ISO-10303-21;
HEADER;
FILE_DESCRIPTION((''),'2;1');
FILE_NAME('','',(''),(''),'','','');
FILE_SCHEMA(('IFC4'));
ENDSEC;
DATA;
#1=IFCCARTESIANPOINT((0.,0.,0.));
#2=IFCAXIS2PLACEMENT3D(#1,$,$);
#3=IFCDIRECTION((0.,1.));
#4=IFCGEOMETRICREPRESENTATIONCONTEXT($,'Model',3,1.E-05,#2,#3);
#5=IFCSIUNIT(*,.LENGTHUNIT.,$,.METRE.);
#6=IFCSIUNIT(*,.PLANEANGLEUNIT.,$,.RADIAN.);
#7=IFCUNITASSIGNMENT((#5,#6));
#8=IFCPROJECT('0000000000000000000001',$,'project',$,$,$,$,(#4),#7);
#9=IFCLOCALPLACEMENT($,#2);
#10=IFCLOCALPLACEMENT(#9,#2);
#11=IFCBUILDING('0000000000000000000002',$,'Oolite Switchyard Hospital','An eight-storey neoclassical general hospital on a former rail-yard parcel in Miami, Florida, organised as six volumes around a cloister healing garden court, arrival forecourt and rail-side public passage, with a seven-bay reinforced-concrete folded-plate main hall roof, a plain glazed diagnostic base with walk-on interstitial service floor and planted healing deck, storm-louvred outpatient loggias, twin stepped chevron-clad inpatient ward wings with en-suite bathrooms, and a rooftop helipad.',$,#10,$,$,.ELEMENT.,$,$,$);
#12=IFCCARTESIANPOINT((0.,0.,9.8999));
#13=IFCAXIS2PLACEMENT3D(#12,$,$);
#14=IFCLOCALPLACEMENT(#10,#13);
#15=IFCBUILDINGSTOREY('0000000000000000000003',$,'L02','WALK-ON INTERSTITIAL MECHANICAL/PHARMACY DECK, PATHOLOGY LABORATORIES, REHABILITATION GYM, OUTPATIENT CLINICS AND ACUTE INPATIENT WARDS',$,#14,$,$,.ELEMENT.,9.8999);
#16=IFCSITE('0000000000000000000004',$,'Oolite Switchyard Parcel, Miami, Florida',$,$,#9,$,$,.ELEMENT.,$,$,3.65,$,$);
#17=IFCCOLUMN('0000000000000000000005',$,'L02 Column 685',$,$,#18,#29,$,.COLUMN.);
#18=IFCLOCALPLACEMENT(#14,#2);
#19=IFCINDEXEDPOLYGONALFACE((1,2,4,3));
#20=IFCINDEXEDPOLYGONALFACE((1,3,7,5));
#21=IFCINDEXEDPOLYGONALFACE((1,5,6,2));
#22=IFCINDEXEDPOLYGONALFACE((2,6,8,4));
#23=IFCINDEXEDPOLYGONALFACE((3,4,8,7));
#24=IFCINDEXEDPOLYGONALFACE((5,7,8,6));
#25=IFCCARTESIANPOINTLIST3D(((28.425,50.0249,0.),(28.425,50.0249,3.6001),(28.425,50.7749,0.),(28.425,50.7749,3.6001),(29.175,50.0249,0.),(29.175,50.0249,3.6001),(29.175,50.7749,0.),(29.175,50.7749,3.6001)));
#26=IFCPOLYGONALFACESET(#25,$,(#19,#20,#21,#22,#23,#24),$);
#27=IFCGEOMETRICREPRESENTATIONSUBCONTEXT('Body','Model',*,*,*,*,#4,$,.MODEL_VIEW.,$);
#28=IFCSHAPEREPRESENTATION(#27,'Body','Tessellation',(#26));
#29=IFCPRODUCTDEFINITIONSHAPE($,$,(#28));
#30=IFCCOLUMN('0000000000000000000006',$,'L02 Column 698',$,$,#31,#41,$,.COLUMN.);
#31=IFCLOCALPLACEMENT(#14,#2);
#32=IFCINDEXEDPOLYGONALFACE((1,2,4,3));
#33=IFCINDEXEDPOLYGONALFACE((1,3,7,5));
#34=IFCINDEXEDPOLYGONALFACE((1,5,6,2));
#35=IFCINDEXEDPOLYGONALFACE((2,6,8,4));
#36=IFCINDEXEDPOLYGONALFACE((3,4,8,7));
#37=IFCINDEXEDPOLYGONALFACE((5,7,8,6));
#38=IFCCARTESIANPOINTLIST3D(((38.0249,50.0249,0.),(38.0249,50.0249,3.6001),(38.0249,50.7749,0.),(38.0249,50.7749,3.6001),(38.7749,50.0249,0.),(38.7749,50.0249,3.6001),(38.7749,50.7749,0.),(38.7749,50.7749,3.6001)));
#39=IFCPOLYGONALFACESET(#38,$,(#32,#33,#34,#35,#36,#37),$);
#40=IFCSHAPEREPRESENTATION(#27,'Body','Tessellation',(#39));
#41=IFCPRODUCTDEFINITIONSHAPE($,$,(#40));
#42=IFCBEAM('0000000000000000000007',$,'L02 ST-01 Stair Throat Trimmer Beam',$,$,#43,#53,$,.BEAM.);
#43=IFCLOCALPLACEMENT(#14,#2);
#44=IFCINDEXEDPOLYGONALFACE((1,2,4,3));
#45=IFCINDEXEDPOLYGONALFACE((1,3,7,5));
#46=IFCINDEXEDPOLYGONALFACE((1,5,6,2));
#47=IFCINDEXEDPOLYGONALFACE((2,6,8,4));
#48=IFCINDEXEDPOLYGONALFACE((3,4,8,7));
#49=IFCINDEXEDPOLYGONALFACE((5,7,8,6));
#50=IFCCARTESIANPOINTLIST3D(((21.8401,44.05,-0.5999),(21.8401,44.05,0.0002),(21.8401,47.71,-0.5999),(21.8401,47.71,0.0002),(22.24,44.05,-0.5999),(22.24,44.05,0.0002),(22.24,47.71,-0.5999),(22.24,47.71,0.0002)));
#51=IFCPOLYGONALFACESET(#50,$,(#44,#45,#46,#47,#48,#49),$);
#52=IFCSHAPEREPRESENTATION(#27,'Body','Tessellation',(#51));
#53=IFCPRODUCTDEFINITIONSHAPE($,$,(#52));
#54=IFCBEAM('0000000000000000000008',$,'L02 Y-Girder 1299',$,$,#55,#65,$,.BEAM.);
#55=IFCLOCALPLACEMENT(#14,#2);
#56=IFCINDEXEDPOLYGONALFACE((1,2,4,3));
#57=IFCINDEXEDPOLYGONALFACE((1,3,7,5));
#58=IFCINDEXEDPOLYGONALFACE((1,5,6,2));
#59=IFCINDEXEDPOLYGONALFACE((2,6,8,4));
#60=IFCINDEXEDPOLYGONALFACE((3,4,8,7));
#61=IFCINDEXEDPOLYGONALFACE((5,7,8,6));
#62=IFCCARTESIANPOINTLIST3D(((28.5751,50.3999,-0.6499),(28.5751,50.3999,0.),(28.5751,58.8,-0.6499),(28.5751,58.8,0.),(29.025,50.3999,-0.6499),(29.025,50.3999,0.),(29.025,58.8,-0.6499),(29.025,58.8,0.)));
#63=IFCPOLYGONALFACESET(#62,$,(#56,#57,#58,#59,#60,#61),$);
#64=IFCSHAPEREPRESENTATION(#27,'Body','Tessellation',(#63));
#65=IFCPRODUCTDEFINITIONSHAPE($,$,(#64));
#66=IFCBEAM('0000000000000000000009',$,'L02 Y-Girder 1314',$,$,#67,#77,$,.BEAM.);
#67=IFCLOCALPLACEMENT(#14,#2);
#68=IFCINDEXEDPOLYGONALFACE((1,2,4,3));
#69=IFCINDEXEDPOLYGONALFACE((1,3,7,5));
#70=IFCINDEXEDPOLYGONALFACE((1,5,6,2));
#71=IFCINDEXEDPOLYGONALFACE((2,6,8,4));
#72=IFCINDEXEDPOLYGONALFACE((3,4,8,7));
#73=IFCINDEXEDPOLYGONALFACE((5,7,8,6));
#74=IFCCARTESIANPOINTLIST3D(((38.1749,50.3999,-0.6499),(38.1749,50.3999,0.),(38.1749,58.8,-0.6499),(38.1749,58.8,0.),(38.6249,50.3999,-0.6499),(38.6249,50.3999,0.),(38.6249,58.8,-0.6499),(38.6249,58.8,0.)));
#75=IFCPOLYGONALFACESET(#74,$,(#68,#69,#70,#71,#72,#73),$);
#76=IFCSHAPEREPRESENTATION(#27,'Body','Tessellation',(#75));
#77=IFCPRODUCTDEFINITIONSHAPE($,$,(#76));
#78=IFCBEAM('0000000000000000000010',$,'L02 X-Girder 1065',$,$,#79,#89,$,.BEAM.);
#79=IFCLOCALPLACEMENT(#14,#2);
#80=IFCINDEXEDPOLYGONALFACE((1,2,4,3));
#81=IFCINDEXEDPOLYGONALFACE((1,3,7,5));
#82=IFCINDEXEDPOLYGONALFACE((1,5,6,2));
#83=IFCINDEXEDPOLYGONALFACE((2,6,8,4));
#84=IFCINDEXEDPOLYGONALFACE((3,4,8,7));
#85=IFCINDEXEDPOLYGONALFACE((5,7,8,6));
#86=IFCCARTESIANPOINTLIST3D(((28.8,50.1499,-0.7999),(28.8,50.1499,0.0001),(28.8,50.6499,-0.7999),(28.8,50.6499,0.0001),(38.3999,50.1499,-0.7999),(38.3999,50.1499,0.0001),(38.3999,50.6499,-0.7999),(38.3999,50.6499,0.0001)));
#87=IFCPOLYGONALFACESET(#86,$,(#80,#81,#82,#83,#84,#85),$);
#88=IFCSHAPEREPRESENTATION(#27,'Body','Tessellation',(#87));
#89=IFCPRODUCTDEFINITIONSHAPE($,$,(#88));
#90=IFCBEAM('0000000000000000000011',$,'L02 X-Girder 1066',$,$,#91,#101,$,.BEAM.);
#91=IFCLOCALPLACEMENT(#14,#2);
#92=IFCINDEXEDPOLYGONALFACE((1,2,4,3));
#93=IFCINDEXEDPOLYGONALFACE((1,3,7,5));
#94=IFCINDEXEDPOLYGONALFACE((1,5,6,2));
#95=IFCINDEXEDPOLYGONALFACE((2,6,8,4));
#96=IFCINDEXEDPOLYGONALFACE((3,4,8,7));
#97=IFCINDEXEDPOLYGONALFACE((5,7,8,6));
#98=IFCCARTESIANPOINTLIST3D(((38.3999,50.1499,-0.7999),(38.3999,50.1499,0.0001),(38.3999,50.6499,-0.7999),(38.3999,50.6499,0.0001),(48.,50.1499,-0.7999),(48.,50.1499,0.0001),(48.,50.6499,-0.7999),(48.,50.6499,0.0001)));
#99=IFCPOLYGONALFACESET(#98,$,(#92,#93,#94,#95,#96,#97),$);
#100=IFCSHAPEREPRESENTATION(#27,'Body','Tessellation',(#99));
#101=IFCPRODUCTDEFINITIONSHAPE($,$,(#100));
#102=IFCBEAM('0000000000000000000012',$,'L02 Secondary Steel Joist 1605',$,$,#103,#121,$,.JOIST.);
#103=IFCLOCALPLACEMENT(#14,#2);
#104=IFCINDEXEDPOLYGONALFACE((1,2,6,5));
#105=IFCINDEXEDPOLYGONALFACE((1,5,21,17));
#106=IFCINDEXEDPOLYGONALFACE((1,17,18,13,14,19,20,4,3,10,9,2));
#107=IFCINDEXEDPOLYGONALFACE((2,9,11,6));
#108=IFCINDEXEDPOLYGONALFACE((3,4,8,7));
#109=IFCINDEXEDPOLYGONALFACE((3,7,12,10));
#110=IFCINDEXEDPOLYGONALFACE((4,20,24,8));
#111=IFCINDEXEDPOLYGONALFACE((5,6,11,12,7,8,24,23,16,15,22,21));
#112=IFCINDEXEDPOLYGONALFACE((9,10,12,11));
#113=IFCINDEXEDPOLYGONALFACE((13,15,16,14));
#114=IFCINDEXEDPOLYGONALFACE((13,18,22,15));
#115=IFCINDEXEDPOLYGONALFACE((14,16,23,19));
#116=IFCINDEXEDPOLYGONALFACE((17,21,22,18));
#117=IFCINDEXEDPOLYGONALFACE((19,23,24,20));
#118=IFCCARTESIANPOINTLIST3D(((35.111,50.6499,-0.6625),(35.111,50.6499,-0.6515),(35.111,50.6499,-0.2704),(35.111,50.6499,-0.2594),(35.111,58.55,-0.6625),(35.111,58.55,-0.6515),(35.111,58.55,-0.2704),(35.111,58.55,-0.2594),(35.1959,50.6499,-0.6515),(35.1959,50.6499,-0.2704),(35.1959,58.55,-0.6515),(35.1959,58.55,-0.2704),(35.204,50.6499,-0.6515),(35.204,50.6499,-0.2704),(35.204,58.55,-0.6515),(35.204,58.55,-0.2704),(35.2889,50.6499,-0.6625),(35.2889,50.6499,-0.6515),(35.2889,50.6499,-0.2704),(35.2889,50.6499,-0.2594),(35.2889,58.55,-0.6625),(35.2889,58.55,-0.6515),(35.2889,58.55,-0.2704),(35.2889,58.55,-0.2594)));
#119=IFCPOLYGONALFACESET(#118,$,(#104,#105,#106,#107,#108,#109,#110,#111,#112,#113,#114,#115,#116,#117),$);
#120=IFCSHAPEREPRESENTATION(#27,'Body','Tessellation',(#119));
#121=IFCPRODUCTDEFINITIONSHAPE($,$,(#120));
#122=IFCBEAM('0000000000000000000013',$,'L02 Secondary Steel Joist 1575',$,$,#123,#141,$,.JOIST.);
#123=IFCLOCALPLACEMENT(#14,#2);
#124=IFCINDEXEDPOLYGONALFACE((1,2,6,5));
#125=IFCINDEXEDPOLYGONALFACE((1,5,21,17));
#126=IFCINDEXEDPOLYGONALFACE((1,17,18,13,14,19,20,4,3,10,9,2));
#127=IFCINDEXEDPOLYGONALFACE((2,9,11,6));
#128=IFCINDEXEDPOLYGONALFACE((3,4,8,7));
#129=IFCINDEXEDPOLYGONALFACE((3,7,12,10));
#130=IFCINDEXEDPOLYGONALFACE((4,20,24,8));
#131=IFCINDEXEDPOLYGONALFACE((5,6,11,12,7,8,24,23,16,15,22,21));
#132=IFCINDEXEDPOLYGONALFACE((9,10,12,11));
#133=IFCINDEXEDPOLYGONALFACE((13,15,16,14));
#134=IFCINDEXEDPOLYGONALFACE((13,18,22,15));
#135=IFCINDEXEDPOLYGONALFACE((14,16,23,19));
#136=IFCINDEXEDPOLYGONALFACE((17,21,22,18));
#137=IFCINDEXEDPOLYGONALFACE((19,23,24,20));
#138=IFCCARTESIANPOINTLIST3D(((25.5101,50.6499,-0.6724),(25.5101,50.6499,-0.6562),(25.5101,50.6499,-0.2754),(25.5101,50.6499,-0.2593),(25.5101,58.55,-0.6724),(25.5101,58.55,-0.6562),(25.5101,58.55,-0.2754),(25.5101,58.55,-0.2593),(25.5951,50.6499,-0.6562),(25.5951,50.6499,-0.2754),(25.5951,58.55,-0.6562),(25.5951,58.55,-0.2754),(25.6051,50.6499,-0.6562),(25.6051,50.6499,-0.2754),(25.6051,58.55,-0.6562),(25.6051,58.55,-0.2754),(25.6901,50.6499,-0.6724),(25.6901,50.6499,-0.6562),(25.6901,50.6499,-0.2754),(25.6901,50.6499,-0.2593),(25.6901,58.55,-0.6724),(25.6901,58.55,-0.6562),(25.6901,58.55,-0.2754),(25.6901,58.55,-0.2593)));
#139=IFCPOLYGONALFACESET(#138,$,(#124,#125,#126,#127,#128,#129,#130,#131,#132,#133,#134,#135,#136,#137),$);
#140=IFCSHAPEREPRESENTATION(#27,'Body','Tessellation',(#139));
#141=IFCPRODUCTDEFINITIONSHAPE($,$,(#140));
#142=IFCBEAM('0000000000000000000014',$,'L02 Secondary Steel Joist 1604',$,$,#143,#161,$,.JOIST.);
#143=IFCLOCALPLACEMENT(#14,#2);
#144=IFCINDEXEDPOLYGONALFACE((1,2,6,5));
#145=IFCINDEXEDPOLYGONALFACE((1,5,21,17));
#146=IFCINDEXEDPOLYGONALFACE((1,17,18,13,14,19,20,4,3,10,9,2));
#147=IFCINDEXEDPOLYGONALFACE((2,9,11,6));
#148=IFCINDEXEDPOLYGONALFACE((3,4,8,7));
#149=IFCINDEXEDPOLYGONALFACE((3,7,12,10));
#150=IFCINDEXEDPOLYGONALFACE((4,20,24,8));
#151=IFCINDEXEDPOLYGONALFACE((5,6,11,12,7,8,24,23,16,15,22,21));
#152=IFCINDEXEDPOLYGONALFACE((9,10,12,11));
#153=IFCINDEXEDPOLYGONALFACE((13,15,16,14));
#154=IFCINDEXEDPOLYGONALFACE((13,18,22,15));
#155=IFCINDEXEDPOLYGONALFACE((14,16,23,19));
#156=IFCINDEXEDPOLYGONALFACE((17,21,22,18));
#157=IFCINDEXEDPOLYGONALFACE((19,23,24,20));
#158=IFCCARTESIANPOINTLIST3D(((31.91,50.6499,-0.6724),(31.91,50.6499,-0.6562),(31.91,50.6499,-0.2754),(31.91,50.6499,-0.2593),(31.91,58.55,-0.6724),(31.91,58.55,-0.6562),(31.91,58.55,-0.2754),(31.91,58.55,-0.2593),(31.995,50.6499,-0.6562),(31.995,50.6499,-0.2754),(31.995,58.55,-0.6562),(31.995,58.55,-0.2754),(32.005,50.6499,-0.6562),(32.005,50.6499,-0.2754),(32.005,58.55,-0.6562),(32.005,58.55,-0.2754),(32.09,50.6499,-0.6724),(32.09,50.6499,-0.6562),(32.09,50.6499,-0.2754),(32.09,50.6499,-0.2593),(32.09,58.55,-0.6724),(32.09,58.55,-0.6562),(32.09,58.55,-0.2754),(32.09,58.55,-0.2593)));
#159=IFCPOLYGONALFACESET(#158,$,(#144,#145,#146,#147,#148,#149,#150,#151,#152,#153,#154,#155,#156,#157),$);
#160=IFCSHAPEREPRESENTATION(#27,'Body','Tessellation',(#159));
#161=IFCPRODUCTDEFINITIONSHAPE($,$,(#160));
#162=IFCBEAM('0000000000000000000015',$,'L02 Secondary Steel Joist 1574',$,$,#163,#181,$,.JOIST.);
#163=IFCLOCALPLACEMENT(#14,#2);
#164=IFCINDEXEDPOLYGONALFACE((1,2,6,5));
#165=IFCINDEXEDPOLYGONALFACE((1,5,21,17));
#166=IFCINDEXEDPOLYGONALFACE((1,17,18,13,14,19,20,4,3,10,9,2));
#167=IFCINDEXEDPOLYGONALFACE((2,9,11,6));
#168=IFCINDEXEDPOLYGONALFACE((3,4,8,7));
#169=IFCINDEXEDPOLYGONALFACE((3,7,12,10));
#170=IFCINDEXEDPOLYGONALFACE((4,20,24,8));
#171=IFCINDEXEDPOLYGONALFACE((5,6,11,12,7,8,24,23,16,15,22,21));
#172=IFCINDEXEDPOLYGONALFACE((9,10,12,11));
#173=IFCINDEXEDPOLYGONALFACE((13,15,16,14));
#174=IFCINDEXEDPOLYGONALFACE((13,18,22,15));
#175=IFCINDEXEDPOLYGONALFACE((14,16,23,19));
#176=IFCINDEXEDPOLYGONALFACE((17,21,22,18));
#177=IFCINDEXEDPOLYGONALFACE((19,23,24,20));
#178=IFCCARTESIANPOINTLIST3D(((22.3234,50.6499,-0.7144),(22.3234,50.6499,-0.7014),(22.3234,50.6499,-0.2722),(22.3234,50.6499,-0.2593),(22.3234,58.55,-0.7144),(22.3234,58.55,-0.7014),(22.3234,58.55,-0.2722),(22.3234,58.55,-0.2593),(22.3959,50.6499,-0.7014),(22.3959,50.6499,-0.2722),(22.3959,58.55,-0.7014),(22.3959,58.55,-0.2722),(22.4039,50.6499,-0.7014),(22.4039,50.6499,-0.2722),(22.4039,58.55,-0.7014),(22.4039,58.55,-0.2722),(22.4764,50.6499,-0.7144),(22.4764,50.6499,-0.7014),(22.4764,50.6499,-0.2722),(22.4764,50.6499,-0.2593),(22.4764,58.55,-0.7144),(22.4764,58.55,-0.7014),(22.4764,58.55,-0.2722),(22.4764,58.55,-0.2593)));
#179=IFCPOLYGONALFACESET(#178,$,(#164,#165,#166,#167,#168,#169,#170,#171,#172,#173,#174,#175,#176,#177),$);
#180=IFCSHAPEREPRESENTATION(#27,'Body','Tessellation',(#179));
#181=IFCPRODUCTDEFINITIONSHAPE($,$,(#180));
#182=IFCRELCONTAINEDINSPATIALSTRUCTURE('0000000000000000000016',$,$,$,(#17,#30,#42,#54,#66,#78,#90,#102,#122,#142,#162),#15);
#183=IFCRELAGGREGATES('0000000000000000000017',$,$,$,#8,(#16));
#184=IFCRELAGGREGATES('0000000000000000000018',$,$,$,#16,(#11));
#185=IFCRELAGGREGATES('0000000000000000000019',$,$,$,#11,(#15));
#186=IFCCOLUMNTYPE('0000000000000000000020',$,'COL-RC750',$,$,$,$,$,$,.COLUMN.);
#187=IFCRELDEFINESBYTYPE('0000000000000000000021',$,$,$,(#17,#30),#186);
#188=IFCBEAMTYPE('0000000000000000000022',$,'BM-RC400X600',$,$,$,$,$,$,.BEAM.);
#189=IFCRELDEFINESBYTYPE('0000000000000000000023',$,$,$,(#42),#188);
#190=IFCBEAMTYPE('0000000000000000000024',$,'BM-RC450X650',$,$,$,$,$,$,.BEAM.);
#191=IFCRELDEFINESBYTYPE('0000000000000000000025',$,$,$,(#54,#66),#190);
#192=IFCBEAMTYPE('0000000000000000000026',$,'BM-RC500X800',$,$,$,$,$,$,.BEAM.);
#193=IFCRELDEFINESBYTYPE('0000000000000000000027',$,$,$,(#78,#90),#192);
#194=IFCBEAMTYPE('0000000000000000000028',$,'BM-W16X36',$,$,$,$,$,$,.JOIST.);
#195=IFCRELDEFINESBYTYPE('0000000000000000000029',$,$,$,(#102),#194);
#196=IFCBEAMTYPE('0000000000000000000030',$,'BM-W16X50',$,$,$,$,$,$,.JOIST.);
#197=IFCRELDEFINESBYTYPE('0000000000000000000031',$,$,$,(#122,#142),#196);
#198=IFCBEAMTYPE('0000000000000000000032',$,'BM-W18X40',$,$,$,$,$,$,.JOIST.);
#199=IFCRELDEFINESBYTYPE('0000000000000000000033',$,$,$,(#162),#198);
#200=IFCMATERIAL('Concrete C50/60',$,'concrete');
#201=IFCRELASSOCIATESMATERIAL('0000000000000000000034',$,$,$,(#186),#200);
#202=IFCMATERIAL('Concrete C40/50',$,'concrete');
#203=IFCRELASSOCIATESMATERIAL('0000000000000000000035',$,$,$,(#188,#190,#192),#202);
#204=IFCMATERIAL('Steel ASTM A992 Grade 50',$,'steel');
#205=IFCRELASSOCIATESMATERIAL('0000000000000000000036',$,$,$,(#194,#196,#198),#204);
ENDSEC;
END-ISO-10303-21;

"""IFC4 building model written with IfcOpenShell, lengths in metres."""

from ifc_helpers import new_model, si_unit, direction, frame, origin, origin_2d, place, context, subcontext, project, spatial, rectangle, i_section, extrude, material, material_profile, profile_set, type_object, element, save


model = new_model("IFC4")

# Units and contexts
model_context = context("Model", 3, precision=1e-05, world=origin(), true_north=direction((0.0, 1.0)))
body_context = subcontext(model_context, "Body", "Model", "MODEL_VIEW")
ifc_project = project(units=[si_unit("LENGTHUNIT", "METRE"), si_unit("PLANEANGLEUNIT", "RADIAN")], contexts=[model_context])

# Site, building, storey
site_placement = place(None, origin())
site = spatial("IfcSite", under=ifc_project, at=site_placement, Name="Oolite Switchyard Parcel, Miami, Florida", CompositionType="ELEMENT", RefElevation=3.65)
building_placement = place(site_placement, origin())
building = spatial("IfcBuilding", under=site, at=building_placement, Name="Oolite Switchyard Hospital", Description="An eight-storey neoclassical general hospital on a former rail-yard parcel in Miami, Florida, organised as six volumes around a cloister healing garden court, arrival forecourt and rail-side public passage, with a seven-bay reinforced-concrete folded-plate main hall roof, a plain glazed diagnostic base with walk-on interstitial service floor and planted healing deck, storm-louvred outpatient loggias, twin stepped chevron-clad inpatient ward wings with en-suite bathrooms, and a rooftop helipad.", CompositionType="ELEMENT")
storey_placement = place(building_placement, frame((0.0, 0.0, 9.8999)))
storey = spatial("IfcBuildingStorey", under=building, at=storey_placement, Name="L02", Description="WALK-ON INTERSTITIAL MECHANICAL/PHARMACY DECK, PATHOLOGY LABORATORIES, REHABILITATION GYM, OUTPATIENT CLINICS AND ACUTE INPATIENT WARDS", CompositionType="ELEMENT", Elevation=9.8999)

# Columns
ifc_material_1 = material(Name="Concrete C50/60", Category="concrete")
ifc_material_profile_1 = material_profile(ifc_material_1, rectangle(XDim=0.75, YDim=0.75, at=origin_2d()), Name="RC750X750")
ifc_profile_set_1 = profile_set([ifc_material_profile_1], Name="Concrete C50/60")
column_type = type_object("IfcColumnType", Name="COL-RC750", PredefinedType="COLUMN", material=ifc_profile_set_1)
for number, where, z_axis, x_axis, name in (
    (1, (28.8, 50.3999, 0.0), (0.0, 0.0, 1.0), (1.0, 0.0, 0.0), "L02 Column 685"),
    (2, (38.3999, 50.3999, 0.0), (0.0, 0.0, 1.0), (1.0, 0.0, 0.0), "L02 Column 698"),
):
    element("IfcColumn", number, at=place(storey_placement, frame(where, z_axis=z_axis, x_axis=x_axis)), inside=storey, type_object=column_type, Name=name, PredefinedType="COLUMN", context=body_context, shape_type="SweptSolid", body=[
        extrude(rectangle(XDim=0.75, YDim=0.75, at=origin_2d()), origin(), (0.0, 0.0, 1.0), 3.6001),
    ])

# Beams
ifc_material_2 = material(Name="Concrete C40/50", Category="concrete")
ifc_material_profile_2 = material_profile(ifc_material_2, rectangle(XDim=0.3999, YDim=0.6001, at=origin_2d()), Name="RCB400X600")
ifc_profile_set_2 = profile_set([ifc_material_profile_2], Name="Concrete C40/50")
beam_type_1 = type_object("IfcBeamType", Name="BM-RC400X600", PredefinedType="BEAM", material=ifc_profile_set_2)
beam_1_placement = place(storey_placement, frame((22.04, 44.05, -0.2998), z_axis=(0.0, 1.0, 0.0), x_axis=(-1.0, 0.0, 0.0)))
element("IfcBeam", 3, at=beam_1_placement, inside=storey, type_object=beam_type_1, Name="L02 ST-01 Stair Throat Trimmer Beam", PredefinedType="BEAM", context=body_context, shape_type="SweptSolid", body=[
    extrude(rectangle(XDim=0.3999, YDim=0.6001, at=origin_2d()), origin(), (0.0, 0.0, 1.0), 3.6599),
])
ifc_material_profile_3 = material_profile(ifc_material_2, rectangle(XDim=0.45, YDim=0.6499, at=origin_2d()), Name="RCB450X650")
ifc_profile_set_3 = profile_set([ifc_material_profile_3], Name="Concrete C40/50")
beam_type_2 = type_object("IfcBeamType", Name="BM-RC450X650", PredefinedType="BEAM", material=ifc_profile_set_3)
for number, where, z_axis, x_axis, name in (
    (4, (28.8, 50.3999, -0.325), (0.0, 1.0, 0.0), (-1.0, 0.0, 0.0), "L02 Y-Girder 1299"),
    (5, (38.3999, 50.3999, -0.325), (0.0, 1.0, 0.0), (-1.0, 0.0, 0.0), "L02 Y-Girder 1314"),
):
    element("IfcBeam", number, at=place(storey_placement, frame(where, z_axis=z_axis, x_axis=x_axis)), inside=storey, type_object=beam_type_2, Name=name, PredefinedType="BEAM", context=body_context, shape_type="SweptSolid", body=[
        extrude(rectangle(XDim=0.45, YDim=0.6499, at=origin_2d()), origin(), (0.0, 0.0, 1.0), 8.4001),
    ])
ifc_material_profile_4 = material_profile(ifc_material_2, rectangle(XDim=0.5, YDim=0.8, at=origin_2d()), Name="RCB500X800")
ifc_profile_set_4 = profile_set([ifc_material_profile_4], Name="Concrete C40/50")
beam_type_3 = type_object("IfcBeamType", Name="BM-RC500X800", PredefinedType="BEAM", material=ifc_profile_set_4)
beam_2_placement = place(storey_placement, frame((28.8, 50.3999, -0.3999), z_axis=(1.0, 0.0, 0.0), x_axis=(0.0, 1.0, 0.0)))
element("IfcBeam", 6, at=beam_2_placement, inside=storey, type_object=beam_type_3, Name="L02 X-Girder 1065", PredefinedType="BEAM", context=body_context, shape_type="SweptSolid", body=[
    extrude(rectangle(XDim=0.5, YDim=0.8, at=origin_2d()), origin(), (0.0, 0.0, 1.0), 9.5999),
])
beam_3_placement = place(storey_placement, frame((38.3999, 50.3999, -0.3999), z_axis=(1.0, 0.0, 0.0), x_axis=(0.0, 1.0, 0.0)))
element("IfcBeam", 7, at=beam_3_placement, inside=storey, type_object=beam_type_3, Name="L02 X-Girder 1066", PredefinedType="BEAM", context=body_context, shape_type="SweptSolid", body=[
    extrude(rectangle(XDim=0.5, YDim=0.8, at=origin_2d()), origin(), (0.0, 0.0, 1.0), 9.6001),
])
ifc_material_3 = material(Name="Steel ASTM A992 Grade 50", Category="steel")
ifc_material_profile_5 = material_profile(ifc_material_3, i_section(OverallWidth=0.178, OverallDepth=0.4031, WebThickness=0.0081, FlangeThickness=0.011, at=origin_2d()), Name="W16X36")
ifc_profile_set_5 = profile_set([ifc_material_profile_5], Name="Steel ASTM A992 Grade 50")
beam_type_4 = type_object("IfcBeamType", Name="BM-W16X36", PredefinedType="JOIST", material=ifc_profile_set_5)
beam_4_placement = place(storey_placement, frame((35.2, 50.6499, -0.4609), z_axis=(0.0, 1.0, 0.0), x_axis=(-1.0, 0.0, 0.0)))
element("IfcBeam", 8, at=beam_4_placement, inside=storey, type_object=beam_type_4, Name="L02 Secondary Steel Joist 1605", PredefinedType="JOIST", context=body_context, shape_type="SweptSolid", body=[
    extrude(i_section(OverallWidth=0.178, OverallDepth=0.4031, WebThickness=0.0081, FlangeThickness=0.011, at=origin_2d()), origin(), (0.0, 0.0, 1.0), 7.9001),
])
ifc_material_profile_6 = material_profile(ifc_material_3, i_section(OverallWidth=0.1799, OverallDepth=0.4131, WebThickness=0.01, FlangeThickness=0.0161, at=origin_2d()), Name="W16X50")
ifc_profile_set_6 = profile_set([ifc_material_profile_6], Name="Steel ASTM A992 Grade 50")
beam_type_5 = type_object("IfcBeamType", Name="BM-W16X50", PredefinedType="JOIST", material=ifc_profile_set_6)
for number, where, z_axis, x_axis, name in (
    (9, (25.6001, 50.6499, -0.4658), (0.0, 1.0, 0.0), (-1.0, 0.0, 0.0), "L02 Secondary Steel Joist 1575"),
    (10, (32.0, 50.6499, -0.4658), (0.0, 1.0, 0.0), (-1.0, 0.0, 0.0), "L02 Secondary Steel Joist 1604"),
):
    element("IfcBeam", number, at=place(storey_placement, frame(where, z_axis=z_axis, x_axis=x_axis)), inside=storey, type_object=beam_type_5, Name=name, PredefinedType="JOIST", context=body_context, shape_type="SweptSolid", body=[
        extrude(i_section(OverallWidth=0.1799, OverallDepth=0.4131, WebThickness=0.01, FlangeThickness=0.0161, at=origin_2d()), origin(), (0.0, 0.0, 1.0), 7.9001),
    ])
ifc_material_profile_7 = material_profile(ifc_material_3, i_section(OverallWidth=0.1531, OverallDepth=0.4551, WebThickness=0.0081, FlangeThickness=0.0129, at=origin_2d()), Name="W18X40")
ifc_profile_set_7 = profile_set([ifc_material_profile_7], Name="Steel ASTM A992 Grade 50")
beam_type_6 = type_object("IfcBeamType", Name="BM-W18X40", PredefinedType="JOIST", material=ifc_profile_set_7)
beam_5_placement = place(storey_placement, frame((22.3999, 50.6499, -0.4868), z_axis=(0.0, 1.0, 0.0), x_axis=(-1.0, 0.0, 0.0)))
element("IfcBeam", 11, at=beam_5_placement, inside=storey, type_object=beam_type_6, Name="L02 Secondary Steel Joist 1574", PredefinedType="JOIST", context=body_context, shape_type="SweptSolid", body=[
    extrude(i_section(OverallWidth=0.1531, OverallDepth=0.4551, WebThickness=0.0081, FlangeThickness=0.0129, at=origin_2d()), origin(), (0.0, 0.0, 1.0), 7.9001),
])

save(model, "model.ifc")
